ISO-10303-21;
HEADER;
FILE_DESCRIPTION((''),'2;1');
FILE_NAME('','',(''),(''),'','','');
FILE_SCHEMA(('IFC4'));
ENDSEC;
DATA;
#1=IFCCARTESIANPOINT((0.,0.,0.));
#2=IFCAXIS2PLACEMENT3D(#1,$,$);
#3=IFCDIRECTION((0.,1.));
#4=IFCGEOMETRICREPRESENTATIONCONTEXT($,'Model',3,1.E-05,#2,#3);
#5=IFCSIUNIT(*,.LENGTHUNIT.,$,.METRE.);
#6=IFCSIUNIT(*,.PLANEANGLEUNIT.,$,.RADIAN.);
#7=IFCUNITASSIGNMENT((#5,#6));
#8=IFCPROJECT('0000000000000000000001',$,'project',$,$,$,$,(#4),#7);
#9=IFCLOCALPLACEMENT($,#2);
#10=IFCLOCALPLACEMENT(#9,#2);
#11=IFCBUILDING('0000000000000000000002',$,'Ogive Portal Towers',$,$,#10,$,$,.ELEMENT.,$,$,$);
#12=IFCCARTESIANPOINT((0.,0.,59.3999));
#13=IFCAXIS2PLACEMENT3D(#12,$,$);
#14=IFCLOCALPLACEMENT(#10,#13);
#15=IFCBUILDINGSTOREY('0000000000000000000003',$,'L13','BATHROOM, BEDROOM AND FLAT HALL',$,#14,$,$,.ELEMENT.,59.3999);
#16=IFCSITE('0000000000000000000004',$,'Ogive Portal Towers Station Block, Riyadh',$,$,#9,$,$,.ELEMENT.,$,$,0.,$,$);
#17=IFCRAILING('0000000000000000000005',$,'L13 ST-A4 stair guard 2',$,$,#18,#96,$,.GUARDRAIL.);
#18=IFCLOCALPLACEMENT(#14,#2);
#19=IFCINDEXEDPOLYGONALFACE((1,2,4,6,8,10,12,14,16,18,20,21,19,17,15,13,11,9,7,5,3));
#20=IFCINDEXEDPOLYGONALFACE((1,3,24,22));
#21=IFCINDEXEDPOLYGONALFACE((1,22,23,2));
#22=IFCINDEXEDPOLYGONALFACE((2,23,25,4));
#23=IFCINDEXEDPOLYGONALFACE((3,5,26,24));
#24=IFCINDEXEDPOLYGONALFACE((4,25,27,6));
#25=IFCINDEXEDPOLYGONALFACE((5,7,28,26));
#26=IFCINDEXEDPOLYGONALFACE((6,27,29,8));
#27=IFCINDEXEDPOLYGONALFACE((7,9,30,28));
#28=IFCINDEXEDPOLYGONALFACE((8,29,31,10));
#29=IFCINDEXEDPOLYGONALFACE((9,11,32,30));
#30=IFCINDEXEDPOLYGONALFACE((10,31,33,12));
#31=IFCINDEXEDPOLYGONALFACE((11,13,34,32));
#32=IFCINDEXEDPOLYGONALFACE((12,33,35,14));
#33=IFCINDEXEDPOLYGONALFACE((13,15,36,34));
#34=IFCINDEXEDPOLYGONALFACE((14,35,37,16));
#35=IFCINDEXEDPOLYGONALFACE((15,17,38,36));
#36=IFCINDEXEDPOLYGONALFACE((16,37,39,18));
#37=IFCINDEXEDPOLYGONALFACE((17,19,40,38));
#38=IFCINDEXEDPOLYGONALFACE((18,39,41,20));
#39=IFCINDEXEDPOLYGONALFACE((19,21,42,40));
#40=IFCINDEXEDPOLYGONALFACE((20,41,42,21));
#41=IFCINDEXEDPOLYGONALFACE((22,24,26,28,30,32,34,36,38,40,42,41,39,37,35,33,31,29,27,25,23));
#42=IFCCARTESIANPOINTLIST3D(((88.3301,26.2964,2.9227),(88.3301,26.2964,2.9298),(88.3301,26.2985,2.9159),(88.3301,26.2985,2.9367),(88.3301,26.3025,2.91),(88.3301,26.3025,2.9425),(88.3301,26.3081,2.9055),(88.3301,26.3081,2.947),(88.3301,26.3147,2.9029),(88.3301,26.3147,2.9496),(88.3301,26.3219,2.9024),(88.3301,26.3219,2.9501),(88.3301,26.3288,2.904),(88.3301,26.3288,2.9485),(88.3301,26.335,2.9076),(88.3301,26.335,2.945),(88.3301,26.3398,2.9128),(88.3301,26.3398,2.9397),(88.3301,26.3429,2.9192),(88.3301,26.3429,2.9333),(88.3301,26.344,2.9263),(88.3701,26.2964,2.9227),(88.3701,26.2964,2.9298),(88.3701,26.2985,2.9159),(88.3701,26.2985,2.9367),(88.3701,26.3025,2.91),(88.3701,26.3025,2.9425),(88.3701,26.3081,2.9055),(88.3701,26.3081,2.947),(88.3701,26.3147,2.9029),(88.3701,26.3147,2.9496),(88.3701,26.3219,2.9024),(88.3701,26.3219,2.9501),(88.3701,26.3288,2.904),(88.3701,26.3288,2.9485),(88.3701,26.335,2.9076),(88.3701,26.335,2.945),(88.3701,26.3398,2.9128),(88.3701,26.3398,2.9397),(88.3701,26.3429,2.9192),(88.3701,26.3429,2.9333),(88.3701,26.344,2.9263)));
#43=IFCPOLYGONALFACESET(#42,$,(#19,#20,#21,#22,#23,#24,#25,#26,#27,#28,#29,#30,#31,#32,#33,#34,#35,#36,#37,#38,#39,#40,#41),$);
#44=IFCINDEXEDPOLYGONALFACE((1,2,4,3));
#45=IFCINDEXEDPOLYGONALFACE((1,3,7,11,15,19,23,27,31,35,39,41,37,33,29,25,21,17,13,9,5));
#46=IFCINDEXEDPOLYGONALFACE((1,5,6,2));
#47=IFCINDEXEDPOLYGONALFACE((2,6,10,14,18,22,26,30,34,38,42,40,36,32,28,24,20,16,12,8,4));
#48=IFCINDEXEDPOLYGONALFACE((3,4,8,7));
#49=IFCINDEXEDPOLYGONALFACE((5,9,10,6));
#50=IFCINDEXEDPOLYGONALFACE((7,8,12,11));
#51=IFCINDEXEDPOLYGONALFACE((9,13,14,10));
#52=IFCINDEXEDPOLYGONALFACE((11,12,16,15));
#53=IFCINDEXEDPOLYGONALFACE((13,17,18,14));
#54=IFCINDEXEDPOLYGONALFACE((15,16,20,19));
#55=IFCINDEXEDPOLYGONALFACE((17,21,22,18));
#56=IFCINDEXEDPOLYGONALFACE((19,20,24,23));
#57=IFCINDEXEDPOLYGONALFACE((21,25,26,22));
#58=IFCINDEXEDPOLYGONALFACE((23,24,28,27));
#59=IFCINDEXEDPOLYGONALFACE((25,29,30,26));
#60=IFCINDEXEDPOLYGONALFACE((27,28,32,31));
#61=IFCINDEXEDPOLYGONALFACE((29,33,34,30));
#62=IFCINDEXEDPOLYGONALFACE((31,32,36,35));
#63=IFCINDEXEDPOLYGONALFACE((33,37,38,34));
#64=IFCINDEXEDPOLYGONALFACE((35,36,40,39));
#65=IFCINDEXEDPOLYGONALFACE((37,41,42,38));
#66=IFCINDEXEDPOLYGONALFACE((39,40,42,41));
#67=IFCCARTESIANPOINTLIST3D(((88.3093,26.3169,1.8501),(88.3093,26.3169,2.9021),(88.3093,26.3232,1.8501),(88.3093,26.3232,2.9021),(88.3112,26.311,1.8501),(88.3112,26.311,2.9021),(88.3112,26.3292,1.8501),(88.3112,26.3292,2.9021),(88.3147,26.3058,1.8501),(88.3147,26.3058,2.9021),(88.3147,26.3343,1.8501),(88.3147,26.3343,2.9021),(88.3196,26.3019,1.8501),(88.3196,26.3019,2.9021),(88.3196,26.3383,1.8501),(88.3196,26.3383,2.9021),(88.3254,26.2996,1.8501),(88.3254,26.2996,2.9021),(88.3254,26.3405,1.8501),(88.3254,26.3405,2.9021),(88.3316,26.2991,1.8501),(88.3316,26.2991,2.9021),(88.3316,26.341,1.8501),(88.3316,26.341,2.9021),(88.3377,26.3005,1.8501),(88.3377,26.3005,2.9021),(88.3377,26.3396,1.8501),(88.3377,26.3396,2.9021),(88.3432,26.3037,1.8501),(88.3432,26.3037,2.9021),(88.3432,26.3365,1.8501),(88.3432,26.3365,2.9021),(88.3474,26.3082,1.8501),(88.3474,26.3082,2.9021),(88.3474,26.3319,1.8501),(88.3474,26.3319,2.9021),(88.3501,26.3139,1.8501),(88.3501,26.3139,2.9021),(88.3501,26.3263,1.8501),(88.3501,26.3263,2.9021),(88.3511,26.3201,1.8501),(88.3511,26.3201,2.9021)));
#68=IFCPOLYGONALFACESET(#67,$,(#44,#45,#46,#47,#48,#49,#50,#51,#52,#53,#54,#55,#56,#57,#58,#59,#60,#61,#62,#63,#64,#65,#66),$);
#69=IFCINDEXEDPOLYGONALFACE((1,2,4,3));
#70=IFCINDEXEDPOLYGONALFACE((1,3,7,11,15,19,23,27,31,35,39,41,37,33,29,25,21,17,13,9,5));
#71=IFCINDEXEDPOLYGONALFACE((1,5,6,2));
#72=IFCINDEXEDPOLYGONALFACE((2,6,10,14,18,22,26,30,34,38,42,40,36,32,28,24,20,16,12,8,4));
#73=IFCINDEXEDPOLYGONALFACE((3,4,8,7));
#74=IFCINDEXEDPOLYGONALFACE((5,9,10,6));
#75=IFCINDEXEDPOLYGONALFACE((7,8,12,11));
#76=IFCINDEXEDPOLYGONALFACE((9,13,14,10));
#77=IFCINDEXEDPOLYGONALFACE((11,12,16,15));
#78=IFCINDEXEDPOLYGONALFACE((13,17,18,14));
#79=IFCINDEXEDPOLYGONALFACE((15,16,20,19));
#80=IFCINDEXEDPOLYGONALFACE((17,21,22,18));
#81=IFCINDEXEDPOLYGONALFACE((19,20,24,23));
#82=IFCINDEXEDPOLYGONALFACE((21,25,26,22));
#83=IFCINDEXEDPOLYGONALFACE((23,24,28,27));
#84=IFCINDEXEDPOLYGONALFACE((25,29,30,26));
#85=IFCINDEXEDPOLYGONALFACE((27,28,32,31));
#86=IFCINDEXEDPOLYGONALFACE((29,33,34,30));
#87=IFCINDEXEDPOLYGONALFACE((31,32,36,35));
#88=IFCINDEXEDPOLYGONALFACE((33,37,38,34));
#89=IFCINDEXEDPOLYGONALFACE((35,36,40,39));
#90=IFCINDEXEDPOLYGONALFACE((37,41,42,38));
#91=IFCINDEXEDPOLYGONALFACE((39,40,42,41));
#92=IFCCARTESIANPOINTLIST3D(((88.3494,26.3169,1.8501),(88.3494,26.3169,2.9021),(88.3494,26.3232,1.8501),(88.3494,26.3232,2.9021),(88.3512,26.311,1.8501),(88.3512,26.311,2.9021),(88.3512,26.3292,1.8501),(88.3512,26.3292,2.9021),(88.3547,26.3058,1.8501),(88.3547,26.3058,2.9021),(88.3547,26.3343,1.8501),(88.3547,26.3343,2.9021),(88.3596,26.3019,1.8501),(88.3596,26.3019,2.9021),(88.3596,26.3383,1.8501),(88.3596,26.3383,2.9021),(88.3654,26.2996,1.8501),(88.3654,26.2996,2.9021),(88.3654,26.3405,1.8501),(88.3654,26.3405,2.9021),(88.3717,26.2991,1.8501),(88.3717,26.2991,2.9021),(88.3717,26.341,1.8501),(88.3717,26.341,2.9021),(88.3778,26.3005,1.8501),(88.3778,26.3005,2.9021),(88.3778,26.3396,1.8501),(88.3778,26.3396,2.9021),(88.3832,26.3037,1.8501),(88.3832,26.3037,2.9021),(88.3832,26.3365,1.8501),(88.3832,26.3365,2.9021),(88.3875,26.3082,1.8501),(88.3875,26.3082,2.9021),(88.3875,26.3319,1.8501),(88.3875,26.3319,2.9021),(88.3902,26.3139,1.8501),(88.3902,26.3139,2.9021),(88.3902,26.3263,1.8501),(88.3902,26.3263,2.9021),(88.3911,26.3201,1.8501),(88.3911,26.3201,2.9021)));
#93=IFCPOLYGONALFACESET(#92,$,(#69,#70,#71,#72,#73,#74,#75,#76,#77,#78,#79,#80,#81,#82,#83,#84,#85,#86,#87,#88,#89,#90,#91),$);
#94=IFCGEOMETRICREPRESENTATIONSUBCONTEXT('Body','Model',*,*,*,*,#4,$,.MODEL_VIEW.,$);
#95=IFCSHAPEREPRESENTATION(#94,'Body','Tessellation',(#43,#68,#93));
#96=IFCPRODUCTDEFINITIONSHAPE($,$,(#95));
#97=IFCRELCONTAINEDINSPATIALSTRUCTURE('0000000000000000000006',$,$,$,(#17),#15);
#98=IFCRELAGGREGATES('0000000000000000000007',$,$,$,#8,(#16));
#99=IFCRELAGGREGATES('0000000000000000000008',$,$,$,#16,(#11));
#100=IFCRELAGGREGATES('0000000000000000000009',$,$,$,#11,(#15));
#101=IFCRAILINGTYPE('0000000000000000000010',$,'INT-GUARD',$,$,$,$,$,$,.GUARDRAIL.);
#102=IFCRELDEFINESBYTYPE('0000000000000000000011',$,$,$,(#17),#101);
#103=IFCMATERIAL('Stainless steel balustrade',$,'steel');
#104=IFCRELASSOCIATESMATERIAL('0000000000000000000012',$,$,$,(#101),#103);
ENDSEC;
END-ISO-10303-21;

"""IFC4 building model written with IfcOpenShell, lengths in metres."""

from ifc_helpers import new_model, si_unit, direction, frame, origin, origin_2d, place, context, subcontext, project, spatial, circle, extrude, material, type_object, element, save


model = new_model("IFC4")

# Units and contexts
model_context = context("Model", 3, precision=1e-05, world=origin(), true_north=direction((0.0, 1.0)))
body_context = subcontext(model_context, "Body", "Model", "MODEL_VIEW")
ifc_project = project(units=[si_unit("LENGTHUNIT", "METRE"), si_unit("PLANEANGLEUNIT", "RADIAN")], contexts=[model_context])

# Site, building, storey
site_placement = place(None, origin())
site = spatial("IfcSite", under=ifc_project, at=site_placement, Name="Ogive Portal Towers Station Block, Riyadh", CompositionType="ELEMENT", RefElevation=0.0)
building_placement = place(site_placement, origin())
building = spatial("IfcBuilding", under=site, at=building_placement, Name="Ogive Portal Towers", CompositionType="ELEMENT")
storey_placement = place(building_placement, frame((0.0, 0.0, 59.3999)))
storey = spatial("IfcBuildingStorey", under=building, at=storey_placement, Name="L13", Description="BATHROOM, BEDROOM AND FLAT HALL", CompositionType="ELEMENT", Elevation=59.3999)

# Railing
ifc_material_1 = material(Name="Stainless steel balustrade", Category="steel")
railing_type_1 = type_object("IfcRailingType", Name="INT-GUARD", PredefinedType="GUARDRAIL", material=ifc_material_1)
railing_1_placement = place(storey_placement, frame((88.3301, 26.3201, 1.8501)))
element("IfcRailing", 1, at=railing_1_placement, inside=storey, type_object=railing_type_1, Name="L13 ST-A4 stair guard 2", PredefinedType="GUARDRAIL", context=body_context, shape_type="SweptSolid", body=[
    extrude(circle(Radius=0.0239, at=origin_2d()), frame((0.0, 0.0, 1.0762), z_axis=(1.0, 0.0, 0.0), x_axis=(0.0, 1.0, 0.0)), (0.0, 0.0, 1.0), 0.04),
    extrude(circle(Radius=0.021, at=origin_2d()), origin(), (0.0, 0.0, 1.0), 1.052),
    extrude(circle(Radius=0.021, at=origin_2d()), frame((0.04, 0.0, 0.0)), (0.0, 0.0, 1.0), 1.052),
])

save(model, "model.ifc")
